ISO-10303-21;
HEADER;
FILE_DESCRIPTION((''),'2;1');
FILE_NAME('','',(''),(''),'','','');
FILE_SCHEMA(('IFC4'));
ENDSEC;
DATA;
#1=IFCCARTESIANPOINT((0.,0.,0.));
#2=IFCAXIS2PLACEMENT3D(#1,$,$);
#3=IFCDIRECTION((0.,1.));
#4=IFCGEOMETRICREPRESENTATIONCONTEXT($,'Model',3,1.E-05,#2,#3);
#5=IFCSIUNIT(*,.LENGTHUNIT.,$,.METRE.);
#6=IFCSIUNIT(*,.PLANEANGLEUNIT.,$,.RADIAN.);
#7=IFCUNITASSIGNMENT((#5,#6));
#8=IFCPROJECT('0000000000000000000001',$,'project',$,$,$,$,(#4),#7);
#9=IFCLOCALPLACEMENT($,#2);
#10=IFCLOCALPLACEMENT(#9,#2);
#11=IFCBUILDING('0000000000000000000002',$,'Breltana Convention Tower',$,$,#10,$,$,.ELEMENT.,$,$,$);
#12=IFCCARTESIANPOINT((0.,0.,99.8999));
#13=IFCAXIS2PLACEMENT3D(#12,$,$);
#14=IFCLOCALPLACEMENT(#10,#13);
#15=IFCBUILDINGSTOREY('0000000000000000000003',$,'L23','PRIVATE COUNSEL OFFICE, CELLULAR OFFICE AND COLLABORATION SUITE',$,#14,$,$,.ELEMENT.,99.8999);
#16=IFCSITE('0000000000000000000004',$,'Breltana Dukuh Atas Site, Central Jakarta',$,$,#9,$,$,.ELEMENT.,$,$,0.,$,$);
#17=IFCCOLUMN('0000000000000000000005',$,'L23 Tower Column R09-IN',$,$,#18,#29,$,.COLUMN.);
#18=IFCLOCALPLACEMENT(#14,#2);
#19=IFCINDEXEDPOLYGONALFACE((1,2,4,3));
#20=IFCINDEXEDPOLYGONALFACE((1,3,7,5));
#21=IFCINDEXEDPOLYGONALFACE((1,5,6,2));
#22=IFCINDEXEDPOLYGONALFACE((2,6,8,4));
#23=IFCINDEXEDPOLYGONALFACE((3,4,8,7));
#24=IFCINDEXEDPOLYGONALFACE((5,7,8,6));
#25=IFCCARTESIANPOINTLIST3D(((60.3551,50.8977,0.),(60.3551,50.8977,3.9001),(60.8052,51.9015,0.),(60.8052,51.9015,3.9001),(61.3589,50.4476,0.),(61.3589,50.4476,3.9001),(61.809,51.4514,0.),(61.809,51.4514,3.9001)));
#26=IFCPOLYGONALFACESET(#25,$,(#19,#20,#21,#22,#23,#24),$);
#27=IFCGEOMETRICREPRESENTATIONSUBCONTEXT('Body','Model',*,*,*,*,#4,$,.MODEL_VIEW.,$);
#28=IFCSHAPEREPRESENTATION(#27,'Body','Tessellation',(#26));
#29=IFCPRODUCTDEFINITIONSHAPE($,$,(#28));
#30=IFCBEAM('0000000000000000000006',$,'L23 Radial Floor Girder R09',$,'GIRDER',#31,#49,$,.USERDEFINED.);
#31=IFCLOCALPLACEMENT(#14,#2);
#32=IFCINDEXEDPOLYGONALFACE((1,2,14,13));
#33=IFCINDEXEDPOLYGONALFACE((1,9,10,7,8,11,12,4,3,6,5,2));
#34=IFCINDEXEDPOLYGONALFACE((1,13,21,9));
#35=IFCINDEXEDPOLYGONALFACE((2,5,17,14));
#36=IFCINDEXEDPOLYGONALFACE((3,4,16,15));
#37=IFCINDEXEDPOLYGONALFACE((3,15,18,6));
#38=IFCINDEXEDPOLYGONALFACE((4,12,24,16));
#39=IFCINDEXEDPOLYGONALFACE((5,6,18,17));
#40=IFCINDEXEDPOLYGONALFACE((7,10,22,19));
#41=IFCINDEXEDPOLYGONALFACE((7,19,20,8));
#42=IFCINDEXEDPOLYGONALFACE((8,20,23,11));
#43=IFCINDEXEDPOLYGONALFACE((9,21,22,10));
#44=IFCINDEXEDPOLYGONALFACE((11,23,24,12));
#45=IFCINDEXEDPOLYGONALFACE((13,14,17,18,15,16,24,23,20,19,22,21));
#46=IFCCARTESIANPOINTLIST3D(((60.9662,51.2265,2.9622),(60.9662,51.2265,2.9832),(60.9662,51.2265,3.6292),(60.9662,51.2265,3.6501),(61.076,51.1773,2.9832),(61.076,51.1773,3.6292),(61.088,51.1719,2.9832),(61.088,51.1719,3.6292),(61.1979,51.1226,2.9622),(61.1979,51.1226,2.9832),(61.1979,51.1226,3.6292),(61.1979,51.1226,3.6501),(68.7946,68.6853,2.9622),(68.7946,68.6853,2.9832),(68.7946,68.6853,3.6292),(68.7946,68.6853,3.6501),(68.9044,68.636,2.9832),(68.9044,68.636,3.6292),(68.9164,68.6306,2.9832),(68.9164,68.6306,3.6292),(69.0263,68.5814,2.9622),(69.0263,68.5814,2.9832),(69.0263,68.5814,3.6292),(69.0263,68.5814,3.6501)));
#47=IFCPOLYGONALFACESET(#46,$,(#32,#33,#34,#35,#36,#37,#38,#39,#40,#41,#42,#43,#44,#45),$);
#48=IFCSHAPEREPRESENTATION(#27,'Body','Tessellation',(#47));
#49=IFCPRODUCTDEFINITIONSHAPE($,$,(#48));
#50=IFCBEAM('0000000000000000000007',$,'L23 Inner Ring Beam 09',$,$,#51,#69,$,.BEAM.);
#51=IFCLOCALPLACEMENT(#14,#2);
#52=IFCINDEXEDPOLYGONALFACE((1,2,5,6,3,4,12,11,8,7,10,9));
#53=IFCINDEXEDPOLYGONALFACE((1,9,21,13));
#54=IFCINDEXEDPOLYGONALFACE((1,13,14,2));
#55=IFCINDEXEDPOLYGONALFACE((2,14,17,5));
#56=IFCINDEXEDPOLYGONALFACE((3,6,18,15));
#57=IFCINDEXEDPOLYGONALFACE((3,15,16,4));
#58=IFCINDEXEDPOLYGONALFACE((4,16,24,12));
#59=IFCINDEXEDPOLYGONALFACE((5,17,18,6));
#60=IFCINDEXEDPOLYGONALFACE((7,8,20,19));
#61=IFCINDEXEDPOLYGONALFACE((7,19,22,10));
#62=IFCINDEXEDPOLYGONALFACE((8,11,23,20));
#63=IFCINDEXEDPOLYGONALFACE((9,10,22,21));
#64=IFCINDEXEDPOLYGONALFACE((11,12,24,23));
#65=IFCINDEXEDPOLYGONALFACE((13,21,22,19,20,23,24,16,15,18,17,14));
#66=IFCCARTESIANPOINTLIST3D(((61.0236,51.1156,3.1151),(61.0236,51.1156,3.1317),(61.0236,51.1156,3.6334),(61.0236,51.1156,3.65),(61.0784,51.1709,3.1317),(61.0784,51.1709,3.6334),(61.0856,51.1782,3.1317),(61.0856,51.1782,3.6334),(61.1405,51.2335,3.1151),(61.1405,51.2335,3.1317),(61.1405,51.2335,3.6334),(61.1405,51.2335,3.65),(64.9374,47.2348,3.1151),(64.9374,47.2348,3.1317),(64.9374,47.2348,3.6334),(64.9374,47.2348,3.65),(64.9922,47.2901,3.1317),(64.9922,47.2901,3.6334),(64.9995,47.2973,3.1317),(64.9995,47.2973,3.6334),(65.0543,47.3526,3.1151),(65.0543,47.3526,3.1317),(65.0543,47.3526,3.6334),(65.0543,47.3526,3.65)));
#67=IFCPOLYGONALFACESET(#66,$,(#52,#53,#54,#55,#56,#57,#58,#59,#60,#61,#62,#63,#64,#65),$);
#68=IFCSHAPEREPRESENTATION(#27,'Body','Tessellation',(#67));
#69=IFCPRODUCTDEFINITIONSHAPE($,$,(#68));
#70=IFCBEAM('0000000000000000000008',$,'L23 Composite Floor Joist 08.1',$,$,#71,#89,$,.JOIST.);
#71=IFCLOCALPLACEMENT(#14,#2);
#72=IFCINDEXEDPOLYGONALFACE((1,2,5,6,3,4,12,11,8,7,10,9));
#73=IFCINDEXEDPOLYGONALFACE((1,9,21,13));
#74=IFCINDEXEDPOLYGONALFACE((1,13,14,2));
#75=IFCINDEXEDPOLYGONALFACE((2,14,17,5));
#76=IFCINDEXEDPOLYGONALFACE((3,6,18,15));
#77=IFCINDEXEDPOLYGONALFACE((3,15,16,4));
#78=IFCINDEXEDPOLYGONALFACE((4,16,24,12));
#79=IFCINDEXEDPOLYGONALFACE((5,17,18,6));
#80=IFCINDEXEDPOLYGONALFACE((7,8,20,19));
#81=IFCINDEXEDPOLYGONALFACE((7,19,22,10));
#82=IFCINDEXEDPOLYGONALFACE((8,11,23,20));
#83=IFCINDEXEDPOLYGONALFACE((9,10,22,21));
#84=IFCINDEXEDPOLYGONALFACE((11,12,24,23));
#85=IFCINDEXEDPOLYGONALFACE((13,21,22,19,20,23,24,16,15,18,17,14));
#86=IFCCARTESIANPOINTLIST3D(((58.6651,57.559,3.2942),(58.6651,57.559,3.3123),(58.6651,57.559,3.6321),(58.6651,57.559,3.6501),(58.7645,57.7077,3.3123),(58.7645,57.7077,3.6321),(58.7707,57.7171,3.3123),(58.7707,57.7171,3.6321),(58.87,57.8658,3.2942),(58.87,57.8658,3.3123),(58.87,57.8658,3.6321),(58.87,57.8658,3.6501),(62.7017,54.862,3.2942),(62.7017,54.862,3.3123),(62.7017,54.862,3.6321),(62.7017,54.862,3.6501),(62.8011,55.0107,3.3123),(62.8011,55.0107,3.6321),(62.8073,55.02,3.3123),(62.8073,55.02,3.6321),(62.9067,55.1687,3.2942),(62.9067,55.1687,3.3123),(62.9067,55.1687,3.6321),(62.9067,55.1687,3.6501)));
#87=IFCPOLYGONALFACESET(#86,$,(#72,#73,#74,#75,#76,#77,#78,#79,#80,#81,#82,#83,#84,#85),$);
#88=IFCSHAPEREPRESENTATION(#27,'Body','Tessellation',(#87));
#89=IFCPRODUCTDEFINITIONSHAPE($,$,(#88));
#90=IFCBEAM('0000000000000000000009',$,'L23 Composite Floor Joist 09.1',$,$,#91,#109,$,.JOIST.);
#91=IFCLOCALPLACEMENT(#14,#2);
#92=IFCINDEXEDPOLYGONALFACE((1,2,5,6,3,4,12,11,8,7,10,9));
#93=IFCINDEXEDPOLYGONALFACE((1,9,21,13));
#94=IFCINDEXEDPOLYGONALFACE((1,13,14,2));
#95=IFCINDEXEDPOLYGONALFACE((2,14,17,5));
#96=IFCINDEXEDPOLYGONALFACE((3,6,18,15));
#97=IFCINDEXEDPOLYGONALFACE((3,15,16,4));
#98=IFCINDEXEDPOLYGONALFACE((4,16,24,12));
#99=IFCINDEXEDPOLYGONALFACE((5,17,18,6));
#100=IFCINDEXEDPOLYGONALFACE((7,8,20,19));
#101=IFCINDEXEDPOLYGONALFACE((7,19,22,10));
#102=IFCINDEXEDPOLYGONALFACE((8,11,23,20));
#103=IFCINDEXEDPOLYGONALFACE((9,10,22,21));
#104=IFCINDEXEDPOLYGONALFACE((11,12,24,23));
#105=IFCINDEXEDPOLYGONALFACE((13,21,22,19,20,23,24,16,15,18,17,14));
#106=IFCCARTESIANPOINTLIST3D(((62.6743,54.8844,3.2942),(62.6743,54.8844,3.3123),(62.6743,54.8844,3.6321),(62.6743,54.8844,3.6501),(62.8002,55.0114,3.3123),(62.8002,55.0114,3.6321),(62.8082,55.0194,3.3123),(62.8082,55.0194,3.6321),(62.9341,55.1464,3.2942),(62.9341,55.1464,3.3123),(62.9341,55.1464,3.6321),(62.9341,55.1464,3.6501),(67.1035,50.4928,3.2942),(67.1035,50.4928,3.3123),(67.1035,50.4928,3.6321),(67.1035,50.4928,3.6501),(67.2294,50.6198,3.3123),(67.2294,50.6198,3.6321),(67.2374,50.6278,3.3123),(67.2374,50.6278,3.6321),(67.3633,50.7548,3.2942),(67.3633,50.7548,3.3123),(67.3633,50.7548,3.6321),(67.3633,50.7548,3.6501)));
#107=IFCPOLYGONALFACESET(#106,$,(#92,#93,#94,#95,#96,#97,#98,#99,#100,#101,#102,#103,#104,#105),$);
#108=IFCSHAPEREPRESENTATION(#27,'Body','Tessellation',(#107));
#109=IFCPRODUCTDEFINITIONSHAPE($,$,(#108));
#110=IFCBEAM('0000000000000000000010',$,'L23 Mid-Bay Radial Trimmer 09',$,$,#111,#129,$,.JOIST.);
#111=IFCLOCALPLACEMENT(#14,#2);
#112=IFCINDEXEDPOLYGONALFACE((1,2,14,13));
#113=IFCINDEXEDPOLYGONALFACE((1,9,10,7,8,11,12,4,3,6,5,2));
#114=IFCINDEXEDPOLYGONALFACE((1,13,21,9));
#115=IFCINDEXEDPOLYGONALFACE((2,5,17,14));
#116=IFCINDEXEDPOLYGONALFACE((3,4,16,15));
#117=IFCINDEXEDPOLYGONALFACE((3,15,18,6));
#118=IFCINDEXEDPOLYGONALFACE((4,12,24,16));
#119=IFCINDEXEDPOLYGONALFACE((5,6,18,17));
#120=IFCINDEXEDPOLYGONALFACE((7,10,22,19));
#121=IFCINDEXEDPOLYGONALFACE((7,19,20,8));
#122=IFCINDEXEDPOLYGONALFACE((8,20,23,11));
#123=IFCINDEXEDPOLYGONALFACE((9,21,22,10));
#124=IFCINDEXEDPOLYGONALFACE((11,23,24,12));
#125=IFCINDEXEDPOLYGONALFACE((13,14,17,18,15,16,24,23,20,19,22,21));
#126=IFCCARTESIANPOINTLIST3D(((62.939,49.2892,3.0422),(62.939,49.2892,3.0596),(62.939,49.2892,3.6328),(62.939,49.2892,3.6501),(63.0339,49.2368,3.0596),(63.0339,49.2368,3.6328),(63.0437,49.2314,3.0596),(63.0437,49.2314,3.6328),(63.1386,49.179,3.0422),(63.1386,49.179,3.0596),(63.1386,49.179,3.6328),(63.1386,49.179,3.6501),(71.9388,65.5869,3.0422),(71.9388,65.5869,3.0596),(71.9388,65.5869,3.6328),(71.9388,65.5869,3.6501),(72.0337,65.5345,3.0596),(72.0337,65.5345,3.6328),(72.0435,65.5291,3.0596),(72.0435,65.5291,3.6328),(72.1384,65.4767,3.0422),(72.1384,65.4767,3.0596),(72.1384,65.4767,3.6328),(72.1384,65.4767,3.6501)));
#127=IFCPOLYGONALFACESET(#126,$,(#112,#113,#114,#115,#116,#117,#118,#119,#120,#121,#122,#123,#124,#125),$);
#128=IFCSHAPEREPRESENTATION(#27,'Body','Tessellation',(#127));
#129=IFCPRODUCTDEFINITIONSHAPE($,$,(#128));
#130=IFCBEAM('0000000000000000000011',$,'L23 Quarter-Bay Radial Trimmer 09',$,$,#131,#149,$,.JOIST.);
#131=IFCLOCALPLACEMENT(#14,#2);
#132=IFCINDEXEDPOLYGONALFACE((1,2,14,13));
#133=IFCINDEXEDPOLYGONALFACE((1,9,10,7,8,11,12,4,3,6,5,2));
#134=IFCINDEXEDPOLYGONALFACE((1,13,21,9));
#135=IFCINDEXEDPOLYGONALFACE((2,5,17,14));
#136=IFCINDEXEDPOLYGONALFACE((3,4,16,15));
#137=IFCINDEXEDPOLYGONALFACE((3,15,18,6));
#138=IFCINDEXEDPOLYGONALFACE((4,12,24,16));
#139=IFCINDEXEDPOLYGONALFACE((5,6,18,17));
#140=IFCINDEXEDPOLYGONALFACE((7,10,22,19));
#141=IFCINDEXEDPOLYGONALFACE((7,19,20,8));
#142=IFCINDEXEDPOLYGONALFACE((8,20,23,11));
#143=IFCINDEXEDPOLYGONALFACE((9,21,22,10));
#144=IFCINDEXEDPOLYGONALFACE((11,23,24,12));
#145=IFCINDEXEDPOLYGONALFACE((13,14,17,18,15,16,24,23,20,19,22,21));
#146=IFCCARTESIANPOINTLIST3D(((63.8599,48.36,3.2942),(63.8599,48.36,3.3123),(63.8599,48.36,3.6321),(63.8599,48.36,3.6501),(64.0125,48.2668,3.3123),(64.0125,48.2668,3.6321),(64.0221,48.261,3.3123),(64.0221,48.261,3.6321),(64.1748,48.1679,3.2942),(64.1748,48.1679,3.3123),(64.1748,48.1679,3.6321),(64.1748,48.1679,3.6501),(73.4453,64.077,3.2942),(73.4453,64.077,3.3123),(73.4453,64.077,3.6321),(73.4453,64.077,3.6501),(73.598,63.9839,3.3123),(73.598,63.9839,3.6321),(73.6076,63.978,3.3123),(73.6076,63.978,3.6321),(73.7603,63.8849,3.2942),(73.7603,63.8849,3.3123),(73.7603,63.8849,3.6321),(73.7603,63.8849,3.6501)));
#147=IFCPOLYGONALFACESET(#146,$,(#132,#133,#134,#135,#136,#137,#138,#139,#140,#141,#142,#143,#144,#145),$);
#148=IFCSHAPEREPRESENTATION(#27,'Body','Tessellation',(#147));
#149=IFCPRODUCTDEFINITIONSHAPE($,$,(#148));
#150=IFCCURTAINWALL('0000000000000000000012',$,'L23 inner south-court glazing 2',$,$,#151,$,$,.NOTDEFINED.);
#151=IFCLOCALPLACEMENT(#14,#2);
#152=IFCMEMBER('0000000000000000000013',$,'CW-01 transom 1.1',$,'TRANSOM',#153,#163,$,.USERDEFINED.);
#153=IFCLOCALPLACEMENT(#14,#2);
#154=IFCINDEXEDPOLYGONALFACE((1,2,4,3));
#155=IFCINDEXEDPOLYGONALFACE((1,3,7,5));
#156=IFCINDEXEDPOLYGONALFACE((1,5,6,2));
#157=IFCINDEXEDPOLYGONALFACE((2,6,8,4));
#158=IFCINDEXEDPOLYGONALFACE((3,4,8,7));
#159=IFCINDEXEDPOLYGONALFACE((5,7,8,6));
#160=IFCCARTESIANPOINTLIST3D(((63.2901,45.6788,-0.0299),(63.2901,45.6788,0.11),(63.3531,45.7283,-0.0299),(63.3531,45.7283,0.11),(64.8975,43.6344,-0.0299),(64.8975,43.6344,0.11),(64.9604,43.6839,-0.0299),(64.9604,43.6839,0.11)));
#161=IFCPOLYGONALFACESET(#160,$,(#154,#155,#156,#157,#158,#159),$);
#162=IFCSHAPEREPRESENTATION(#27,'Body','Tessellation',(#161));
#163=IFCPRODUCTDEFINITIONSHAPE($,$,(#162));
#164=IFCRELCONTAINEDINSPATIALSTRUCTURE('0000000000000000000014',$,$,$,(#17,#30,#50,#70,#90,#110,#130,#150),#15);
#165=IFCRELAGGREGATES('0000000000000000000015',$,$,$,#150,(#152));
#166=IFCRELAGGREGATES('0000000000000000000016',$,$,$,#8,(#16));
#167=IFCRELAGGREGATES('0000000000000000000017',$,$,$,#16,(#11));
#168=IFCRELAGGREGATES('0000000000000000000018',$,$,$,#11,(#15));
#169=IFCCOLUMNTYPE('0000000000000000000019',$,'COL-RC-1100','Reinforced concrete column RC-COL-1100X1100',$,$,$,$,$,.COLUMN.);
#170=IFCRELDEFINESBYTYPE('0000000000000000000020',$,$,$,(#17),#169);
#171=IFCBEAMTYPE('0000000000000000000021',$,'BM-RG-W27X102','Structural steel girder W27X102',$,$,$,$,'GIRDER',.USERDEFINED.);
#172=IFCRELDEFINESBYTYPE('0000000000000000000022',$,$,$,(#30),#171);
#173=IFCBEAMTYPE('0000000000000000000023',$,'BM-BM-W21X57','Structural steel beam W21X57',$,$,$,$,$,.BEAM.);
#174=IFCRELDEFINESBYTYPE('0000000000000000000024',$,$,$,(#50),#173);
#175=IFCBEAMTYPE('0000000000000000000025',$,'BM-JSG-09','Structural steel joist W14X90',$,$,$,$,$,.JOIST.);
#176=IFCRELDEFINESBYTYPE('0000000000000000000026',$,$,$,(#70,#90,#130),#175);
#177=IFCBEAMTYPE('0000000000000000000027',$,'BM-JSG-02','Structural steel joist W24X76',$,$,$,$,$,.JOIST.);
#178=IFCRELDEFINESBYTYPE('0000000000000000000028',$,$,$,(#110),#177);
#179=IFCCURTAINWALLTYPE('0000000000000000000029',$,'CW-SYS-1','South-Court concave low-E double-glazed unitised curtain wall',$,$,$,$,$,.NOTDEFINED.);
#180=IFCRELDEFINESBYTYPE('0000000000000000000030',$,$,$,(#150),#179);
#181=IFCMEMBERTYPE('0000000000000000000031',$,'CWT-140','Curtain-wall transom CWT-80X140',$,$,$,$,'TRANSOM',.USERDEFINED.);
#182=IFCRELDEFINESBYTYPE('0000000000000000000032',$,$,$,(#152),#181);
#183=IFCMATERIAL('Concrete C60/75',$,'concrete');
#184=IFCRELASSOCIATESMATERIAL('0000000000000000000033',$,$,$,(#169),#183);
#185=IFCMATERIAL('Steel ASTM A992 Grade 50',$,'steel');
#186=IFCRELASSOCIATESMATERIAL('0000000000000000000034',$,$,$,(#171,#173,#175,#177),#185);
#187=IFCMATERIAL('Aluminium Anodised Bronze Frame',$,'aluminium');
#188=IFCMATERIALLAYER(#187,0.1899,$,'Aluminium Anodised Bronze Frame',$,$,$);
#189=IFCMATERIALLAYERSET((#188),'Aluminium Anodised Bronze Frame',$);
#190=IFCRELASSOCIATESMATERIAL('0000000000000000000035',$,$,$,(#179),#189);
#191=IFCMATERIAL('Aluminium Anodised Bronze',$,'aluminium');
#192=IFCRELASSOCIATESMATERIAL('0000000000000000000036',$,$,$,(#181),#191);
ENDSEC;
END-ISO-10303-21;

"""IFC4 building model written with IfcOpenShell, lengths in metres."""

from ifc_helpers import new_model, si_unit, direction, frame, origin, origin_2d, place, context, subcontext, project, spatial, rectangle, i_section, extrude, source, transform, mapped, material, layer, layer_set, material_profile, profile_set, type_object, element, aggregate, save


model = new_model("IFC4")

# Units and contexts
model_context = context("Model", 3, precision=1e-05, world=origin(), true_north=direction((0.0, 1.0)))
body_context = subcontext(model_context, "Body", "Model", "MODEL_VIEW")
ifc_project = project(units=[si_unit("LENGTHUNIT", "METRE"), si_unit("PLANEANGLEUNIT", "RADIAN")], contexts=[model_context])

# Site, building, storey
site_placement = place(None, origin())
site = spatial("IfcSite", under=ifc_project, at=site_placement, Name="Breltana Dukuh Atas Site, Central Jakarta", CompositionType="ELEMENT", RefElevation=0.0)
building_placement = place(site_placement, origin())
building = spatial("IfcBuilding", under=site, at=building_placement, Name="Breltana Convention Tower", CompositionType="ELEMENT")
storey_placement = place(building_placement, frame((0.0, 0.0, 99.8999)))
storey = spatial("IfcBuildingStorey", under=building, at=storey_placement, Name="L23", Description="PRIVATE COUNSEL OFFICE, CELLULAR OFFICE AND COLLABORATION SUITE", CompositionType="ELEMENT", Elevation=99.8999)

# Column
ifc_material_1 = material(Name="Concrete C60/75", Category="concrete")
ifc_material_profile_1 = material_profile(ifc_material_1, rectangle(XDim=1.1001, YDim=1.1001, at=origin_2d()), Name="RC-COL-1100X1100")
ifc_profile_set_1 = profile_set([ifc_material_profile_1], Name="Concrete C60/75")
column_type = type_object("IfcColumnType", Name="COL-RC-1100", Description="Reinforced concrete column RC-COL-1100X1100", PredefinedType="COLUMN", material=ifc_profile_set_1)
shared_shape_1 = source(origin(), body_context, "Body", "SweptSolid", [
    extrude(rectangle(XDim=1.1001, YDim=1.1001, at=origin_2d()), origin(), (0.0, 0.0, 1.0), 3.9001),
])
column_placement = place(storey_placement, frame((61.082, 51.1746, 0.0), z_axis=(0.0, 0.0, 1.0), x_axis=(0.409127, 0.912477, 0.0)))
element("IfcColumn", 1, at=column_placement, inside=storey, type_object=column_type, Name="L23 Tower Column R09-IN", PredefinedType="COLUMN", context=body_context, shape_type="MappedRepresentation", body=[
    mapped(shared_shape_1, transform((0.0, 0.0, 0.0), scale=1.0)),
])

# Beams
ifc_material_2 = material(Name="Steel ASTM A992 Grade 50", Category="steel")
ifc_material_profile_2 = material_profile(ifc_material_2, i_section(OverallWidth=0.2539, OverallDepth=0.688, WebThickness=0.0132, FlangeThickness=0.021, at=origin_2d()), Name="W27X102")
ifc_profile_set_2 = profile_set([ifc_material_profile_2], Name="Steel ASTM A992 Grade 50")
beam_type_1 = type_object("IfcBeamType", Name="BM-RG-W27X102", Description="Structural steel girder W27X102", ElementType="GIRDER", PredefinedType="USERDEFINED", material=ifc_profile_set_2)
shared_shape_2 = source(origin(), body_context, "Body", "SweptSolid", [
    extrude(i_section(OverallWidth=0.2539, OverallDepth=0.688, WebThickness=0.0132, FlangeThickness=0.021, at=origin_2d()), origin(), (0.0, 0.0, 1.0), 19.1335),
])
beam_1_placement = place(storey_placement, frame((61.082, 51.1746, 3.3062), z_axis=(0.409145, 0.91247, 0.0), x_axis=(-0.91247, 0.409145, 0.0)))
element("IfcBeam", 2, at=beam_1_placement, inside=storey, type_object=beam_type_1, Name="L23 Radial Floor Girder R09", ObjectType="GIRDER", PredefinedType="USERDEFINED", context=body_context, shape_type="MappedRepresentation", body=[
    mapped(shared_shape_2, transform((0.0, 0.0, 0.0), scale=1.0)),
])
ifc_material_profile_3 = material_profile(ifc_material_2, i_section(OverallWidth=0.166, OverallDepth=0.5349, WebThickness=0.0103, FlangeThickness=0.0166, at=origin_2d()), Name="W21X57")
ifc_profile_set_3 = profile_set([ifc_material_profile_3], Name="Steel ASTM A992 Grade 50")
beam_type_2 = type_object("IfcBeamType", Name="BM-BM-W21X57", Description="Structural steel beam W21X57", PredefinedType="BEAM", material=ifc_profile_set_3)
shared_shape_3 = source(origin(), body_context, "Body", "SweptSolid", [
    extrude(i_section(OverallWidth=0.166, OverallDepth=0.5349, WebThickness=0.0103, FlangeThickness=0.0166, at=origin_2d()), origin(), (0.0, 0.0, 1.0), 5.5117),
])
beam_2_placement = place(storey_placement, frame((61.082, 51.1746, 3.3826), z_axis=(0.71009, -0.704111, 0.0), x_axis=(0.704111, 0.71009, 0.0)))
element("IfcBeam", 3, at=beam_2_placement, inside=storey, type_object=beam_type_2, Name="L23 Inner Ring Beam 09", PredefinedType="BEAM", context=body_context, shape_type="MappedRepresentation", body=[
    mapped(shared_shape_3, transform((0.0, 0.0, 0.0), scale=1.0)),
])
ifc_material_profile_4 = material_profile(ifc_material_2, i_section(OverallWidth=0.3689, OverallDepth=0.356, WebThickness=0.0112, FlangeThickness=0.0181, at=origin_2d()), Name="W14X90")
ifc_profile_set_4 = profile_set([ifc_material_profile_4], Name="Steel ASTM A992 Grade 50")
beam_type_3 = type_object("IfcBeamType", Name="BM-JSG-09", Description="Structural steel joist W14X90", PredefinedType="JOIST", material=ifc_profile_set_4)
shared_shape_4 = source(origin(), body_context, "Body", "SweptSolid", [
    extrude(i_section(OverallWidth=0.3689, OverallDepth=0.356, WebThickness=0.0112, FlangeThickness=0.0181, at=origin_2d()), origin(), (0.0, 0.0, 1.0), 4.8547),
])
beam_3_placement = place(storey_placement, frame((58.7676, 57.7124, 3.4722), z_axis=(0.831485, -0.555547, 0.0), x_axis=(0.555547, 0.831485, 0.0)))
element("IfcBeam", 4, at=beam_3_placement, inside=storey, type_object=beam_type_3, Name="L23 Composite Floor Joist 08.1", PredefinedType="JOIST", context=body_context, shape_type="MappedRepresentation", body=[
    mapped(shared_shape_4, transform((0.0, 0.0, 0.0), scale=1.0)),
])
shared_shape_5 = source(origin(), body_context, "Body", "SweptSolid", [
    extrude(i_section(OverallWidth=0.3689, OverallDepth=0.356, WebThickness=0.0112, FlangeThickness=0.0181, at=origin_2d()), origin(), (0.0, 0.0, 1.0), 6.2373),
])
beam_4_placement = place(storey_placement, frame((62.8042, 55.0154, 3.4722), z_axis=(0.710114, -0.704086, 0.0), x_axis=(0.704086, 0.710114, 0.0)))
element("IfcBeam", 5, at=beam_4_placement, inside=storey, type_object=beam_type_3, Name="L23 Composite Floor Joist 09.1", PredefinedType="JOIST", context=body_context, shape_type="MappedRepresentation", body=[
    mapped(shared_shape_5, transform((0.0, 0.0, 0.0), scale=1.0)),
])
ifc_material_profile_5 = material_profile(ifc_material_2, i_section(OverallWidth=0.228, OverallDepth=0.6079, WebThickness=0.0112, FlangeThickness=0.0173, at=origin_2d()), Name="W24X76")
ifc_profile_set_5 = profile_set([ifc_material_profile_5], Name="Steel ASTM A992 Grade 50")
beam_type_4 = type_object("IfcBeamType", Name="BM-JSG-02", Description="Structural steel joist W24X76", PredefinedType="JOIST", material=ifc_profile_set_5)
shared_shape_6 = source(origin(), body_context, "Body", "SweptSolid", [
    extrude(i_section(OverallWidth=0.228, OverallDepth=0.6079, WebThickness=0.0112, FlangeThickness=0.0173, at=origin_2d()), origin(), (0.0, 0.0, 1.0), 18.6174),
])
beam_5_placement = place(storey_placement, frame((63.0388, 49.2341, 3.3462), z_axis=(0.483406, 0.875396, 0.0), x_axis=(-0.875396, 0.483406, 0.0)))
element("IfcBeam", 6, at=beam_5_placement, inside=storey, type_object=beam_type_4, Name="L23 Mid-Bay Radial Trimmer 09", PredefinedType="JOIST", context=body_context, shape_type="MappedRepresentation", body=[
    mapped(shared_shape_6, transform((0.0, 0.0, 0.0), scale=1.0)),
])
shared_shape_7 = source(origin(), body_context, "Body", "SweptSolid", [
    extrude(i_section(OverallWidth=0.3689, OverallDepth=0.356, WebThickness=0.0112, FlangeThickness=0.0181, at=origin_2d()), origin(), (0.0, 0.0, 1.0), 18.4094),
])
beam_6_placement = place(storey_placement, frame((64.0173, 48.2639, 3.4722), z_axis=(0.520682, 0.853751, 0.0), x_axis=(-0.853751, 0.520682, 0.0)))
element("IfcBeam", 7, at=beam_6_placement, inside=storey, type_object=beam_type_3, Name="L23 Quarter-Bay Radial Trimmer 09", PredefinedType="JOIST", context=body_context, shape_type="MappedRepresentation", body=[
    mapped(shared_shape_7, transform((0.0, 0.0, 0.0), scale=1.0)),
])

# Curtain wall, member
ifc_material_3 = material(Name="Aluminium Anodised Bronze Frame", Category="aluminium")
ifc_layer_1 = layer(ifc_material_3, 0.1899, Name="Aluminium Anodised Bronze Frame")
ifc_layer_set_1 = layer_set([ifc_layer_1], Name="Aluminium Anodised Bronze Frame")
curtain_wall_type = type_object("IfcCurtainWallType", Name="CW-SYS-1", Description="South-Court concave low-E double-glazed unitised curtain wall", PredefinedType="NOTDEFINED", material=ifc_layer_set_1)
curtain_wall_1_placement = place(storey_placement, origin())
curtain_wall_1 = element("IfcCurtainWall", 8, at=curtain_wall_1_placement, inside=storey, type_object=curtain_wall_type, Name="L23 inner south-court glazing 2", PredefinedType="NOTDEFINED")
ifc_material_4 = material(Name="Aluminium Anodised Bronze", Category="aluminium")
ifc_material_profile_6 = material_profile(ifc_material_4, rectangle(XDim=0.0801, YDim=0.1399, at=origin_2d()), Name="CWT-80X140")
ifc_profile_set_6 = profile_set([ifc_material_profile_6], Name="Aluminium Anodised Bronze")
member_type_1 = type_object("IfcMemberType", Name="CWT-140", Description="Curtain-wall transom CWT-80X140", ElementType="TRANSOM", PredefinedType="USERDEFINED", material=ifc_profile_set_6)
shared_shape_8 = source(origin(), body_context, "Body", "SweptSolid", [
    extrude(rectangle(XDim=0.0801, YDim=0.1399, at=origin_2d()), origin(), (0.0, 0.0, 1.0), 2.6006),
])
member_1_placement = place(storey_placement, frame((64.929, 43.6592, 0.04), z_axis=(-0.618079, 0.786116, 0.0), x_axis=(-0.786116, -0.618079, 0.0)))
member_1 = element("IfcMember", 9, at=member_1_placement, type_object=member_type_1, Name="CW-01 transom 1.1", ObjectType="TRANSOM", PredefinedType="USERDEFINED", context=body_context, shape_type="MappedRepresentation", body=[
    mapped(shared_shape_8, transform((0.0, 0.0, 0.0), scale=1.0)),
])

aggregate(curtain_wall_1, [member_1])

save(model, "model.ifc")
